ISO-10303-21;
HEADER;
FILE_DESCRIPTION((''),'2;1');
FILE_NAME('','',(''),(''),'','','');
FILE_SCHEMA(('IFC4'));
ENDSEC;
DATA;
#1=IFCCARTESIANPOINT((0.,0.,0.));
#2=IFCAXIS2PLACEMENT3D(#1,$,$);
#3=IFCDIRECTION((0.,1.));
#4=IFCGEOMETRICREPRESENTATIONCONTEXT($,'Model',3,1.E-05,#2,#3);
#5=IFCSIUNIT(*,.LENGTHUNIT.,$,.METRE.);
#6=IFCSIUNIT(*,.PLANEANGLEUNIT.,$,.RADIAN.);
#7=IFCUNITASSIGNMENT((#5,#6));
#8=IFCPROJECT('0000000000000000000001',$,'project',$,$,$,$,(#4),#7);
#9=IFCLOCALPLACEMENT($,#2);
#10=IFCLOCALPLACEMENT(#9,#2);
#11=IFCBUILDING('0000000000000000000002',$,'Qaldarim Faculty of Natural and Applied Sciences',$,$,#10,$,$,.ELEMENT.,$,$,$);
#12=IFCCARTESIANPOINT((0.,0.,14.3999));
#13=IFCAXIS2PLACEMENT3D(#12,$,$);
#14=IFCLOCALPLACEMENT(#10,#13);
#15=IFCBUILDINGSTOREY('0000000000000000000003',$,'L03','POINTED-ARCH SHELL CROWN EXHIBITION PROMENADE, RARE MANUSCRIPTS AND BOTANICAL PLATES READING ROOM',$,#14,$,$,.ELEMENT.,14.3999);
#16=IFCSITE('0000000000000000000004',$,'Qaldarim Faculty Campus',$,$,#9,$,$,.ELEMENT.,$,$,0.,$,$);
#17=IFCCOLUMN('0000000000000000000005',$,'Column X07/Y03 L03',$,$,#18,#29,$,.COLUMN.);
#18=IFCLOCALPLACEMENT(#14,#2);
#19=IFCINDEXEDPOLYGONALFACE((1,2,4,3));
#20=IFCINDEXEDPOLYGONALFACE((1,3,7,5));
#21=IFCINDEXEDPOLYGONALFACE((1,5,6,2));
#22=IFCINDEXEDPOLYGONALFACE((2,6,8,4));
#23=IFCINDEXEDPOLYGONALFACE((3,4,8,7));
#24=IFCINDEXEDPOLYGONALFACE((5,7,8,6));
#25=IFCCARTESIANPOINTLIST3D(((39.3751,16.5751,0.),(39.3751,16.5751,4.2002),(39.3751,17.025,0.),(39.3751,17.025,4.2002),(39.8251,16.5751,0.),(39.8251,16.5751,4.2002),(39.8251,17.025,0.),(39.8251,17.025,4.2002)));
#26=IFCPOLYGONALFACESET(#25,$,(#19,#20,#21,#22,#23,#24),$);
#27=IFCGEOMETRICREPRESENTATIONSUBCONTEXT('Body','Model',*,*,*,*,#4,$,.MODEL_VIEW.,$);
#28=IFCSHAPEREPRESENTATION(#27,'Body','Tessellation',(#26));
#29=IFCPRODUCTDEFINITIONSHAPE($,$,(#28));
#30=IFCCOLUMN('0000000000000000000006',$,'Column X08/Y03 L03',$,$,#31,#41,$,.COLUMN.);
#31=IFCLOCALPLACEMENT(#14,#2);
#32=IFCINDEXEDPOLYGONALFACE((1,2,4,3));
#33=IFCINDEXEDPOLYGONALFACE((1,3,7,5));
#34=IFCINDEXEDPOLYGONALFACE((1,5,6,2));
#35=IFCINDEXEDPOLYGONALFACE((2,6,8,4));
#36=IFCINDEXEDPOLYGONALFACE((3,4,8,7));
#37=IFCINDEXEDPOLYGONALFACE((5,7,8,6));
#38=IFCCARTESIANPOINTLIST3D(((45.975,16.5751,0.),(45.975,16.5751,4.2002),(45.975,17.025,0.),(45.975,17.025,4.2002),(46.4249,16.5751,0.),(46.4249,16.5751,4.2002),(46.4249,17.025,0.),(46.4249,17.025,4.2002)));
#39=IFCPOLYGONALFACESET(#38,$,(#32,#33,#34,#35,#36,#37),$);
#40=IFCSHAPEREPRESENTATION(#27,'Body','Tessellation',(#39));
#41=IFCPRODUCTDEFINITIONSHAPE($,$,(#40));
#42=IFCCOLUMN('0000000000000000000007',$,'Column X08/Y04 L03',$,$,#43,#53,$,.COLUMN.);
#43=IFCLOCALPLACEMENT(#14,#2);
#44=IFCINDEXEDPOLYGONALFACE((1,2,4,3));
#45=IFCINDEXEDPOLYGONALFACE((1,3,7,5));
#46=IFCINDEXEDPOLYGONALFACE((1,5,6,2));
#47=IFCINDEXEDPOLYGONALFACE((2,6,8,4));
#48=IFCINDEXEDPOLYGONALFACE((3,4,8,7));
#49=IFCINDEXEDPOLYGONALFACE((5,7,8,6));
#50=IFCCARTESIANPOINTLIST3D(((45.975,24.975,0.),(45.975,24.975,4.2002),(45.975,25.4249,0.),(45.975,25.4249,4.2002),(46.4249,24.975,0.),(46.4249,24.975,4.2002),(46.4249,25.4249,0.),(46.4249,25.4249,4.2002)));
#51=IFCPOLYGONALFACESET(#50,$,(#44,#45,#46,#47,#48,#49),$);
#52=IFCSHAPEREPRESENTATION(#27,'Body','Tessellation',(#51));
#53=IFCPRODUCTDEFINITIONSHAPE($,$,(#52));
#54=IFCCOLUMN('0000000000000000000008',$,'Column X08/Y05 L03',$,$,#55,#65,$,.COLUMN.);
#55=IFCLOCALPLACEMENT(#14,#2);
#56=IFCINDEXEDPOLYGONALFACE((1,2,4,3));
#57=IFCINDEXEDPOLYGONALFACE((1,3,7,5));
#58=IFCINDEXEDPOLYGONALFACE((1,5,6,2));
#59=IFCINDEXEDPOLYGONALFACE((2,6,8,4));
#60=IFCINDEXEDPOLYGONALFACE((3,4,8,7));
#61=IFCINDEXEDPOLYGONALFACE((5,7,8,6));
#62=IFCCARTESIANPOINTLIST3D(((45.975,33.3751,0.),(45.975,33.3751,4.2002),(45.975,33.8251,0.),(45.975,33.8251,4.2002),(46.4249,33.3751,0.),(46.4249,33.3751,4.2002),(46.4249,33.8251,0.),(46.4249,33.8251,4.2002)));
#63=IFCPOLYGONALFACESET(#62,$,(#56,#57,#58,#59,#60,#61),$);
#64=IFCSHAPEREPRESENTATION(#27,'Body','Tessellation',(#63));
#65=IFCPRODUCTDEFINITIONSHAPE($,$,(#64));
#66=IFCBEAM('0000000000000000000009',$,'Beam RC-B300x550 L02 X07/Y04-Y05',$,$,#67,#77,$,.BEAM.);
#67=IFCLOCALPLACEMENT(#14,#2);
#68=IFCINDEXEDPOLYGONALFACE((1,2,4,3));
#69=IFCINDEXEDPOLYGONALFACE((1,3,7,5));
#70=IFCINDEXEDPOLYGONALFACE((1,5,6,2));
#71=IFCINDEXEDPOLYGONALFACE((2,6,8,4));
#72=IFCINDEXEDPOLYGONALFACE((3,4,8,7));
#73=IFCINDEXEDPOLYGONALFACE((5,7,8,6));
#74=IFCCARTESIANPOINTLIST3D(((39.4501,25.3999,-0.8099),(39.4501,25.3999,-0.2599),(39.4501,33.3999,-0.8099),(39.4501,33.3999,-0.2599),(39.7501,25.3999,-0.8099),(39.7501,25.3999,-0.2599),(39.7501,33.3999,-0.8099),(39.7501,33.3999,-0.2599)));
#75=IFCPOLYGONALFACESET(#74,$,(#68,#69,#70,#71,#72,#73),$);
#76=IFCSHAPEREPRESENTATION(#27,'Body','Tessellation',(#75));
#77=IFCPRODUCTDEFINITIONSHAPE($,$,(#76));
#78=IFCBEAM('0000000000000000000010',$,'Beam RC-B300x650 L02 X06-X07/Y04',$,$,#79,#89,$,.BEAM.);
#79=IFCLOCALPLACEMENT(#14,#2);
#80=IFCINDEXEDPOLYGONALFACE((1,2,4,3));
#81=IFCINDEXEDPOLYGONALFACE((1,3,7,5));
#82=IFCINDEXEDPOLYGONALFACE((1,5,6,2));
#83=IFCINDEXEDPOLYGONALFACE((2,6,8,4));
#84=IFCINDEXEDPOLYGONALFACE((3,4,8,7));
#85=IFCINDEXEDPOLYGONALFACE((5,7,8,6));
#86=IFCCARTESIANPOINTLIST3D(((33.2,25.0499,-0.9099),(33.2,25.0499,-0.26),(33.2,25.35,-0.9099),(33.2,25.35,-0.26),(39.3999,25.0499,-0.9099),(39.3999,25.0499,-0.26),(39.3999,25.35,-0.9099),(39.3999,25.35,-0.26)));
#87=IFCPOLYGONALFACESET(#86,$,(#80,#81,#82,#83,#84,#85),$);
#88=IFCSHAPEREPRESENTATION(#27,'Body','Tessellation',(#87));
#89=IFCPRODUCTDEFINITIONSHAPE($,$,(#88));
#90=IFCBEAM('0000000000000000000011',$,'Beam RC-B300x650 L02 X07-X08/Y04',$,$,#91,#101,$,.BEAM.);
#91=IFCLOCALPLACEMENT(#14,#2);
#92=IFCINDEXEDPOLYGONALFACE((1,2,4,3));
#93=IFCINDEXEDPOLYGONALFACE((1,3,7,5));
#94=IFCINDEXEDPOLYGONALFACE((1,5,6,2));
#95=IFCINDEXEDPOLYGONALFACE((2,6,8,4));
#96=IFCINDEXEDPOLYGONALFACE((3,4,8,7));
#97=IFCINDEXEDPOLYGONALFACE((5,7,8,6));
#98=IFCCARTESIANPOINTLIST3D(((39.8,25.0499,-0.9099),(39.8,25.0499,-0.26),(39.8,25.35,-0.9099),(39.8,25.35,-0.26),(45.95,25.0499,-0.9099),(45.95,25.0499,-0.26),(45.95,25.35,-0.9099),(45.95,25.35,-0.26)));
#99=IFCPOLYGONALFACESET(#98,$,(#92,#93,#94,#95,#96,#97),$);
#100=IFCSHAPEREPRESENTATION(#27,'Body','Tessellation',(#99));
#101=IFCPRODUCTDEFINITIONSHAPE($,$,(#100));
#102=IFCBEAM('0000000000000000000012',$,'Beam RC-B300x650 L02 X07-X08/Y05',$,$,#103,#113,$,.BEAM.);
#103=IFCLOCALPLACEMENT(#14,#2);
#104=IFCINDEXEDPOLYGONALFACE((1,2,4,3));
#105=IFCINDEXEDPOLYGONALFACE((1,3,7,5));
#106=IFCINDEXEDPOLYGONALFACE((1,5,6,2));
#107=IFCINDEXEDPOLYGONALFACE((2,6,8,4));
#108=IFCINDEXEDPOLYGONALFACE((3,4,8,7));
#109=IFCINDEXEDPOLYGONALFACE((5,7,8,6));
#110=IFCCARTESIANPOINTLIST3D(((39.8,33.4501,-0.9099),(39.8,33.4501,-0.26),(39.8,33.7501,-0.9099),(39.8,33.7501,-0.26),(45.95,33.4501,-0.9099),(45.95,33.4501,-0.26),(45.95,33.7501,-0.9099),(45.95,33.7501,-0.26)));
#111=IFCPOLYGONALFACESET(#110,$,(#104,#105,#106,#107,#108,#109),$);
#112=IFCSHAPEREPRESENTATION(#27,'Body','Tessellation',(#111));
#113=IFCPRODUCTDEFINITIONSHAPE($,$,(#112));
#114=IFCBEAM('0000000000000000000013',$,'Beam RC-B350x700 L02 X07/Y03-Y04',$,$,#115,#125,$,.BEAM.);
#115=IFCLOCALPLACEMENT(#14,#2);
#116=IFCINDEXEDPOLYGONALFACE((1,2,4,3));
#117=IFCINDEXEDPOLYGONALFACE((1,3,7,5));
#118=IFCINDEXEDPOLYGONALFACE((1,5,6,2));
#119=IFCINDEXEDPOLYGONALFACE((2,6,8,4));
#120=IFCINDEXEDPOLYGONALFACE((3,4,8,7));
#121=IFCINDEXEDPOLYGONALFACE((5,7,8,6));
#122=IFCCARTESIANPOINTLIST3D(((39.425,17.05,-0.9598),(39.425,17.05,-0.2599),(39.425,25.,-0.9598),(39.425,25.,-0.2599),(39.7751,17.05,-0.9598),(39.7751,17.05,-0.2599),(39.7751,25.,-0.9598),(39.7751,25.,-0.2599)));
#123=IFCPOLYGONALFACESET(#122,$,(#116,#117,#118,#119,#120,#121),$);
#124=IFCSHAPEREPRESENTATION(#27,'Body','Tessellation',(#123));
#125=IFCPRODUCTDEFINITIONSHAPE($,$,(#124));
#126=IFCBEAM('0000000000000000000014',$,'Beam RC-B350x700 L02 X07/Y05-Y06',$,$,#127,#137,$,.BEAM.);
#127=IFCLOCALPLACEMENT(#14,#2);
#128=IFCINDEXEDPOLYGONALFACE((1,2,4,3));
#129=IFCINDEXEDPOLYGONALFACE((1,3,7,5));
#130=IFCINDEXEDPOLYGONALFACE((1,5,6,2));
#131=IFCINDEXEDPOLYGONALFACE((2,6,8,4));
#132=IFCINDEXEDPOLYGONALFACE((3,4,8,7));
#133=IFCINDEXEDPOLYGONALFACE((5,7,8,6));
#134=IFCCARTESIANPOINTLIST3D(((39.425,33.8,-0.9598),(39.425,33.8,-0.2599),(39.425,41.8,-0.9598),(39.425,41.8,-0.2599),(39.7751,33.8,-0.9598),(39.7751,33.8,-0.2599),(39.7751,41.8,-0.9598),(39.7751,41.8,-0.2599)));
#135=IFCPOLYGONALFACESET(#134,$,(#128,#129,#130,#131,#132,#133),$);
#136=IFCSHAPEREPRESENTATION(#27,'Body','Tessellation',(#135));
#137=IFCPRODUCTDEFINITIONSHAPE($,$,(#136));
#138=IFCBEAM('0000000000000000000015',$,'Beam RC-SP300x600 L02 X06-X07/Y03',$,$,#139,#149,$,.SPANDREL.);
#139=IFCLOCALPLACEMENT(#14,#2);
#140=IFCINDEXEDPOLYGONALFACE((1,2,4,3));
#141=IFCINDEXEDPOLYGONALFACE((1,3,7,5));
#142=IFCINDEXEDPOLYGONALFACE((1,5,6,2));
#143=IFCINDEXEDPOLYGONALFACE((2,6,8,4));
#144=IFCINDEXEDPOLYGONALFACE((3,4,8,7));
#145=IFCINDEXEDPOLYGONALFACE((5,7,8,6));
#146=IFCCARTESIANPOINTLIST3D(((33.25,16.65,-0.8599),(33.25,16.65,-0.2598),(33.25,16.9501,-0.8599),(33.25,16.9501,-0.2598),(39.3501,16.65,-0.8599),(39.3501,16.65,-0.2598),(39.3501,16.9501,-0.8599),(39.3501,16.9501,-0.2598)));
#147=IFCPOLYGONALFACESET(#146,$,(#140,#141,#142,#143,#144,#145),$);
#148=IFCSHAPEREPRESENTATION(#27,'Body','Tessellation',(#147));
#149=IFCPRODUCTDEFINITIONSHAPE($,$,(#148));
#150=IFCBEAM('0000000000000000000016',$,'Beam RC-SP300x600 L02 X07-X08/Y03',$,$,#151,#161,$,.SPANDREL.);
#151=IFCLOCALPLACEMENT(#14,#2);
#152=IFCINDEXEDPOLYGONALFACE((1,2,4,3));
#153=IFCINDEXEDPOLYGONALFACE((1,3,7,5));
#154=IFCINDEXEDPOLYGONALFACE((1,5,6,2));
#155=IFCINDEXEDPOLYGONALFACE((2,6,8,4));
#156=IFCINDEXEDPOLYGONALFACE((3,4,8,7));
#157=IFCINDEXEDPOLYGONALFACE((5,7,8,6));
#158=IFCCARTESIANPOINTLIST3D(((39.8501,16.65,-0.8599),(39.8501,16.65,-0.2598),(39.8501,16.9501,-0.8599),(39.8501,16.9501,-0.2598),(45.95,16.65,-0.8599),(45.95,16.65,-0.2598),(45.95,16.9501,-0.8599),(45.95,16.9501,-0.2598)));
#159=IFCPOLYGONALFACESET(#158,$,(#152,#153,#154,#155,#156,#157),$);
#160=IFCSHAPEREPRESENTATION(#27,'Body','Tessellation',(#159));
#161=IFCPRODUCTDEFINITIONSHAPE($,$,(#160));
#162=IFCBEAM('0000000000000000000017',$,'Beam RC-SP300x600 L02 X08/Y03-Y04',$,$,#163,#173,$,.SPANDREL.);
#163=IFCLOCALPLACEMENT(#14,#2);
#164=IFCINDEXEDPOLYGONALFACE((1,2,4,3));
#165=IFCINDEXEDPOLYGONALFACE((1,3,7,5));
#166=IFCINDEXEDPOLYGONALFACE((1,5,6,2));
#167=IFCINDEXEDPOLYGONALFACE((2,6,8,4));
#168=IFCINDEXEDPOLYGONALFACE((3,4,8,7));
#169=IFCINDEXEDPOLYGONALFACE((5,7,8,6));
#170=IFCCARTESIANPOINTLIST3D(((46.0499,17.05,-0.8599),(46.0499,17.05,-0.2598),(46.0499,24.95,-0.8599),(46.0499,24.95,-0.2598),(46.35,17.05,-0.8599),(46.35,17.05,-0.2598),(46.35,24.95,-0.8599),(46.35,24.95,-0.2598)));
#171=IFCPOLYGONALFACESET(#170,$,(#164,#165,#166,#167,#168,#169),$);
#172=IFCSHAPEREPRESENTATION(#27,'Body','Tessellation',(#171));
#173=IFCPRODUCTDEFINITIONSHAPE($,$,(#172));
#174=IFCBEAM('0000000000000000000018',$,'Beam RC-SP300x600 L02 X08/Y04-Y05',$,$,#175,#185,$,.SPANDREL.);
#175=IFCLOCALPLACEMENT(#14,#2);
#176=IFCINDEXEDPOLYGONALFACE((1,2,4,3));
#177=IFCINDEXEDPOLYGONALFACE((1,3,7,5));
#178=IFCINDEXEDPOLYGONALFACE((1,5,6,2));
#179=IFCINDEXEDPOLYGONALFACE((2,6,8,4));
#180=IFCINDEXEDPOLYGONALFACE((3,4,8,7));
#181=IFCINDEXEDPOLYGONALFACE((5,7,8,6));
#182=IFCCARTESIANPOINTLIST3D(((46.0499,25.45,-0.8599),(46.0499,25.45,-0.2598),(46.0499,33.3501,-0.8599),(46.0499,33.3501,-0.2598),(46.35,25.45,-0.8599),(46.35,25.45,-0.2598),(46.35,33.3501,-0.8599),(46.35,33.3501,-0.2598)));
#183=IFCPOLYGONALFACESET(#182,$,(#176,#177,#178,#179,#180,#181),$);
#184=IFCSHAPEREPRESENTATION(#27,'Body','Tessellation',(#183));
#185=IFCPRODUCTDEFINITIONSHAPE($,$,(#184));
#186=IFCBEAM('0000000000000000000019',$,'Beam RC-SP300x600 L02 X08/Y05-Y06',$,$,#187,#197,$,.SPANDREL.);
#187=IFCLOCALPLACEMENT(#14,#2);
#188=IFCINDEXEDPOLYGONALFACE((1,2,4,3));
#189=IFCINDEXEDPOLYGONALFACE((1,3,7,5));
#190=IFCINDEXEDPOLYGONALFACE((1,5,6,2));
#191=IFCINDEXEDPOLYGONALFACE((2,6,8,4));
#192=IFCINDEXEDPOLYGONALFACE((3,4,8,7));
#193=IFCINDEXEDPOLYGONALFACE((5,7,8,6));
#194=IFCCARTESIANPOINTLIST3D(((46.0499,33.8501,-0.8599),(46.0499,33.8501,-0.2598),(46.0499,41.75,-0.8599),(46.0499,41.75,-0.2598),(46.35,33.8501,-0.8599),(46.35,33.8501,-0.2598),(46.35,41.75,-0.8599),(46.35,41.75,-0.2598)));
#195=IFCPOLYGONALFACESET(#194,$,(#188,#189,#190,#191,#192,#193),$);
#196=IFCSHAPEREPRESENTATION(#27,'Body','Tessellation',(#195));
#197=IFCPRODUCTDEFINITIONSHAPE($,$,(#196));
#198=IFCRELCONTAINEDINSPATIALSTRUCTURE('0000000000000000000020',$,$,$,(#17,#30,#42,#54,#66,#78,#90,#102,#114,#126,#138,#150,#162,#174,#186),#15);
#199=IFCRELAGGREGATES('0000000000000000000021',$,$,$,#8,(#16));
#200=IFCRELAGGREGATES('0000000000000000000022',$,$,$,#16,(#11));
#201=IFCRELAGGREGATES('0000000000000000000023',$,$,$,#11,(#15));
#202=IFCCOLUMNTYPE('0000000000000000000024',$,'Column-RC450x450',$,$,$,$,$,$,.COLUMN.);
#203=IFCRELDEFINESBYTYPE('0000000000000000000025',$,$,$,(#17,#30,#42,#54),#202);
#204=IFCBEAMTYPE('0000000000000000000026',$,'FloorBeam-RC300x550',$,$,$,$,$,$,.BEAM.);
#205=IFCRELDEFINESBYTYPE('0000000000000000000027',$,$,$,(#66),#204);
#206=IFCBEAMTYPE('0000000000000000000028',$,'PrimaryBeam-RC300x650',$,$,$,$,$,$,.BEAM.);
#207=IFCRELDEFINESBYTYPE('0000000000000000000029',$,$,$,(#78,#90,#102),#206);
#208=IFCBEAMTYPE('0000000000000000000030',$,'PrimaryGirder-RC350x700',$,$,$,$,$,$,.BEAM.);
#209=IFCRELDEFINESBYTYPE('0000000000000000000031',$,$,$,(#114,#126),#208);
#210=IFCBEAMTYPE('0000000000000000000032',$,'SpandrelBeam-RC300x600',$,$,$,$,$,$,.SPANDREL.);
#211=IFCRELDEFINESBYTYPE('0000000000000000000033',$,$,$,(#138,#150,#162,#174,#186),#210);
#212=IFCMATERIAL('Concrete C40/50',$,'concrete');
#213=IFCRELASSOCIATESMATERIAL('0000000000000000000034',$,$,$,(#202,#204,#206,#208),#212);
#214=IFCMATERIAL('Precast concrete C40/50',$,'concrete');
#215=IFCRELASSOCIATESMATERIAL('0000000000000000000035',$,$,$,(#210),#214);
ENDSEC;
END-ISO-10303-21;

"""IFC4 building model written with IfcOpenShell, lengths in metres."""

from ifc_helpers import new_model, si_unit, direction, frame, origin, origin_2d, place, context, subcontext, project, spatial, rectangle, extrude, material, material_profile, profile_set, type_object, element, save


model = new_model("IFC4")

# Units and contexts
model_context = context("Model", 3, precision=1e-05, world=origin(), true_north=direction((0.0, 1.0)))
body_context = subcontext(model_context, "Body", "Model", "MODEL_VIEW")
ifc_project = project(units=[si_unit("LENGTHUNIT", "METRE"), si_unit("PLANEANGLEUNIT", "RADIAN")], contexts=[model_context])

# Site, building, storey
site_placement = place(None, origin())
site = spatial("IfcSite", under=ifc_project, at=site_placement, Name="Qaldarim Faculty Campus", CompositionType="ELEMENT", RefElevation=0.0)
building_placement = place(site_placement, origin())
building = spatial("IfcBuilding", under=site, at=building_placement, Name="Qaldarim Faculty of Natural and Applied Sciences", CompositionType="ELEMENT")
storey_placement = place(building_placement, frame((0.0, 0.0, 14.3999)))
storey = spatial("IfcBuildingStorey", under=building, at=storey_placement, Name="L03", Description="POINTED-ARCH SHELL CROWN EXHIBITION PROMENADE, RARE MANUSCRIPTS AND BOTANICAL PLATES READING ROOM", CompositionType="ELEMENT", Elevation=14.3999)

# Columns
ifc_material_1 = material(Name="Concrete C40/50", Category="concrete")
ifc_material_profile_1 = material_profile(ifc_material_1, rectangle(XDim=0.45, YDim=0.45, at=origin_2d()), Name="RC-C450x450")
ifc_profile_set_1 = profile_set([ifc_material_profile_1], Name="Concrete C40/50")
column_type = type_object("IfcColumnType", Name="Column-RC450x450", PredefinedType="COLUMN", material=ifc_profile_set_1)
for number, where, z_axis, x_axis, name in (
    (1, (39.6001, 16.8, 0.0), (0.0, 0.0, 1.0), (1.0, 0.0, 0.0), "Column X07/Y03 L03"),
    (2, (46.2, 16.8, 0.0), (0.0, 0.0, 1.0), (1.0, 0.0, 0.0), "Column X08/Y03 L03"),
    (3, (46.2, 25.2, 0.0), (0.0, 0.0, 1.0), (1.0, 0.0, 0.0), "Column X08/Y04 L03"),
    (4, (46.2, 33.6001, 0.0), (0.0, 0.0, 1.0), (1.0, 0.0, 0.0), "Column X08/Y05 L03"),
):
    element("IfcColumn", number, at=place(storey_placement, frame(where, z_axis=z_axis, x_axis=x_axis)), inside=storey, type_object=column_type, Name=name, PredefinedType="COLUMN", context=body_context, shape_type="SweptSolid", body=[
        extrude(rectangle(XDim=0.45, YDim=0.45, at=origin_2d()), origin(), (0.0, 0.0, 1.0), 4.2002),
    ])

# Beams
ifc_material_profile_2 = material_profile(ifc_material_1, rectangle(XDim=0.3, YDim=0.55, at=origin_2d()), Name="RC-B300x550")
ifc_profile_set_2 = profile_set([ifc_material_profile_2], Name="Concrete C40/50")
beam_type_1 = type_object("IfcBeamType", Name="FloorBeam-RC300x550", PredefinedType="BEAM", material=ifc_profile_set_2)
beam_1_placement = place(storey_placement, frame((39.6001, 25.3999, -0.5349), z_axis=(0.0, 1.0, 0.0), x_axis=(-1.0, 0.0, 0.0)))
element("IfcBeam", 5, at=beam_1_placement, inside=storey, type_object=beam_type_1, Name="Beam RC-B300x550 L02 X07/Y04-Y05", PredefinedType="BEAM", context=body_context, shape_type="SweptSolid", body=[
    extrude(rectangle(XDim=0.3, YDim=0.55, at=origin_2d()), origin(), (0.0, 0.0, 1.0), 8.0),
])
ifc_material_profile_3 = material_profile(ifc_material_1, rectangle(XDim=0.3, YDim=0.6499, at=origin_2d()), Name="RC-B300x650")
ifc_profile_set_3 = profile_set([ifc_material_profile_3], Name="Concrete C40/50")
beam_type_2 = type_object("IfcBeamType", Name="PrimaryBeam-RC300x650", PredefinedType="BEAM", material=ifc_profile_set_3)
beam_2_placement = place(storey_placement, frame((33.2, 25.2, -0.585), z_axis=(1.0, 0.0, 0.0), x_axis=(0.0, 1.0, 0.0)))
element("IfcBeam", 6, at=beam_2_placement, inside=storey, type_object=beam_type_2, Name="Beam RC-B300x650 L02 X06-X07/Y04", PredefinedType="BEAM", context=body_context, shape_type="SweptSolid", body=[
    extrude(rectangle(XDim=0.3, YDim=0.6499, at=origin_2d()), origin(), (0.0, 0.0, 1.0), 6.2),
])
for number, where, z_axis, x_axis, name in (
    (7, (39.8, 25.2, -0.585), (1.0, 0.0, 0.0), (0.0, 1.0, 0.0), "Beam RC-B300x650 L02 X07-X08/Y04"),
    (8, (39.8, 33.6001, -0.585), (1.0, 0.0, 0.0), (0.0, 1.0, 0.0), "Beam RC-B300x650 L02 X07-X08/Y05"),
):
    element("IfcBeam", number, at=place(storey_placement, frame(where, z_axis=z_axis, x_axis=x_axis)), inside=storey, type_object=beam_type_2, Name=name, PredefinedType="BEAM", context=body_context, shape_type="SweptSolid", body=[
        extrude(rectangle(XDim=0.3, YDim=0.6499, at=origin_2d()), origin(), (0.0, 0.0, 1.0), 6.1499),
    ])
ifc_material_profile_4 = material_profile(ifc_material_1, rectangle(XDim=0.3501, YDim=0.7, at=origin_2d()), Name="RC-B350x700")
ifc_profile_set_4 = profile_set([ifc_material_profile_4], Name="Concrete C40/50")
beam_type_3 = type_object("IfcBeamType", Name="PrimaryGirder-RC350x700", PredefinedType="BEAM", material=ifc_profile_set_4)
beam_3_placement = place(storey_placement, frame((39.6001, 17.05, -0.6099), z_axis=(0.0, 1.0, 0.0), x_axis=(-1.0, 0.0, 0.0)))
element("IfcBeam", 9, at=beam_3_placement, inside=storey, type_object=beam_type_3, Name="Beam RC-B350x700 L02 X07/Y03-Y04", PredefinedType="BEAM", context=body_context, shape_type="SweptSolid", body=[
    extrude(rectangle(XDim=0.3501, YDim=0.7, at=origin_2d()), origin(), (0.0, 0.0, 1.0), 7.95),
])
beam_4_placement = place(storey_placement, frame((39.6001, 33.8, -0.6099), z_axis=(0.0, 1.0, 0.0), x_axis=(-1.0, 0.0, 0.0)))
element("IfcBeam", 10, at=beam_4_placement, inside=storey, type_object=beam_type_3, Name="Beam RC-B350x700 L02 X07/Y05-Y06", PredefinedType="BEAM", context=body_context, shape_type="SweptSolid", body=[
    extrude(rectangle(XDim=0.3501, YDim=0.7, at=origin_2d()), origin(), (0.0, 0.0, 1.0), 8.0),
])
ifc_material_2 = material(Name="Precast concrete C40/50", Category="concrete")
ifc_material_profile_5 = material_profile(ifc_material_2, rectangle(XDim=0.3, YDim=0.6001, at=origin_2d()), Name="RC-SP300x600")
ifc_profile_set_5 = profile_set([ifc_material_profile_5], Name="Precast concrete C40/50")
beam_type_4 = type_object("IfcBeamType", Name="SpandrelBeam-RC300x600", PredefinedType="SPANDREL", material=ifc_profile_set_5)
beam_5_placement = place(storey_placement, frame((33.25, 16.8, -0.5598), z_axis=(1.0, 0.0, 0.0), x_axis=(0.0, 1.0, 0.0)))
element("IfcBeam", 11, at=beam_5_placement, inside=storey, type_object=beam_type_4, Name="Beam RC-SP300x600 L02 X06-X07/Y03", PredefinedType="SPANDREL", context=body_context, shape_type="SweptSolid", body=[
    extrude(rectangle(XDim=0.3, YDim=0.6001, at=origin_2d()), origin(), (0.0, 0.0, 1.0), 6.1001),
])
beam_6_placement = place(storey_placement, frame((39.8501, 16.8, -0.5598), z_axis=(1.0, 0.0, 0.0), x_axis=(0.0, 1.0, 0.0)))
element("IfcBeam", 12, at=beam_6_placement, inside=storey, type_object=beam_type_4, Name="Beam RC-SP300x600 L02 X07-X08/Y03", PredefinedType="SPANDREL", context=body_context, shape_type="SweptSolid", body=[
    extrude(rectangle(XDim=0.3, YDim=0.6001, at=origin_2d()), origin(), (0.0, 0.0, 1.0), 6.0999),
])
beam_7_placement = place(storey_placement, frame((46.2, 17.05, -0.5598), z_axis=(0.0, 1.0, 0.0), x_axis=(-1.0, 0.0, 0.0)))
element("IfcBeam", 13, at=beam_7_placement, inside=storey, type_object=beam_type_4, Name="Beam RC-SP300x600 L02 X08/Y03-Y04", PredefinedType="SPANDREL", context=body_context, shape_type="SweptSolid", body=[
    extrude(rectangle(XDim=0.3, YDim=0.6001, at=origin_2d()), origin(), (0.0, 0.0, 1.0), 7.8999),
])
beam_8_placement = place(storey_placement, frame((46.2, 25.45, -0.5598), z_axis=(0.0, 1.0, 0.0), x_axis=(-1.0, 0.0, 0.0)))
element("IfcBeam", 14, at=beam_8_placement, inside=storey, type_object=beam_type_4, Name="Beam RC-SP300x600 L02 X08/Y04-Y05", PredefinedType="SPANDREL", context=body_context, shape_type="SweptSolid", body=[
    extrude(rectangle(XDim=0.3, YDim=0.6001, at=origin_2d()), origin(), (0.0, 0.0, 1.0), 7.9001),
])
beam_9_placement = place(storey_placement, frame((46.2, 33.8501, -0.5598), z_axis=(0.0, 1.0, 0.0), x_axis=(-1.0, 0.0, 0.0)))
element("IfcBeam", 15, at=beam_9_placement, inside=storey, type_object=beam_type_4, Name="Beam RC-SP300x600 L02 X08/Y05-Y06", PredefinedType="SPANDREL", context=body_context, shape_type="SweptSolid", body=[
    extrude(rectangle(XDim=0.3, YDim=0.6001, at=origin_2d()), origin(), (0.0, 0.0, 1.0), 7.8999),
])

save(model, "model.ifc")
